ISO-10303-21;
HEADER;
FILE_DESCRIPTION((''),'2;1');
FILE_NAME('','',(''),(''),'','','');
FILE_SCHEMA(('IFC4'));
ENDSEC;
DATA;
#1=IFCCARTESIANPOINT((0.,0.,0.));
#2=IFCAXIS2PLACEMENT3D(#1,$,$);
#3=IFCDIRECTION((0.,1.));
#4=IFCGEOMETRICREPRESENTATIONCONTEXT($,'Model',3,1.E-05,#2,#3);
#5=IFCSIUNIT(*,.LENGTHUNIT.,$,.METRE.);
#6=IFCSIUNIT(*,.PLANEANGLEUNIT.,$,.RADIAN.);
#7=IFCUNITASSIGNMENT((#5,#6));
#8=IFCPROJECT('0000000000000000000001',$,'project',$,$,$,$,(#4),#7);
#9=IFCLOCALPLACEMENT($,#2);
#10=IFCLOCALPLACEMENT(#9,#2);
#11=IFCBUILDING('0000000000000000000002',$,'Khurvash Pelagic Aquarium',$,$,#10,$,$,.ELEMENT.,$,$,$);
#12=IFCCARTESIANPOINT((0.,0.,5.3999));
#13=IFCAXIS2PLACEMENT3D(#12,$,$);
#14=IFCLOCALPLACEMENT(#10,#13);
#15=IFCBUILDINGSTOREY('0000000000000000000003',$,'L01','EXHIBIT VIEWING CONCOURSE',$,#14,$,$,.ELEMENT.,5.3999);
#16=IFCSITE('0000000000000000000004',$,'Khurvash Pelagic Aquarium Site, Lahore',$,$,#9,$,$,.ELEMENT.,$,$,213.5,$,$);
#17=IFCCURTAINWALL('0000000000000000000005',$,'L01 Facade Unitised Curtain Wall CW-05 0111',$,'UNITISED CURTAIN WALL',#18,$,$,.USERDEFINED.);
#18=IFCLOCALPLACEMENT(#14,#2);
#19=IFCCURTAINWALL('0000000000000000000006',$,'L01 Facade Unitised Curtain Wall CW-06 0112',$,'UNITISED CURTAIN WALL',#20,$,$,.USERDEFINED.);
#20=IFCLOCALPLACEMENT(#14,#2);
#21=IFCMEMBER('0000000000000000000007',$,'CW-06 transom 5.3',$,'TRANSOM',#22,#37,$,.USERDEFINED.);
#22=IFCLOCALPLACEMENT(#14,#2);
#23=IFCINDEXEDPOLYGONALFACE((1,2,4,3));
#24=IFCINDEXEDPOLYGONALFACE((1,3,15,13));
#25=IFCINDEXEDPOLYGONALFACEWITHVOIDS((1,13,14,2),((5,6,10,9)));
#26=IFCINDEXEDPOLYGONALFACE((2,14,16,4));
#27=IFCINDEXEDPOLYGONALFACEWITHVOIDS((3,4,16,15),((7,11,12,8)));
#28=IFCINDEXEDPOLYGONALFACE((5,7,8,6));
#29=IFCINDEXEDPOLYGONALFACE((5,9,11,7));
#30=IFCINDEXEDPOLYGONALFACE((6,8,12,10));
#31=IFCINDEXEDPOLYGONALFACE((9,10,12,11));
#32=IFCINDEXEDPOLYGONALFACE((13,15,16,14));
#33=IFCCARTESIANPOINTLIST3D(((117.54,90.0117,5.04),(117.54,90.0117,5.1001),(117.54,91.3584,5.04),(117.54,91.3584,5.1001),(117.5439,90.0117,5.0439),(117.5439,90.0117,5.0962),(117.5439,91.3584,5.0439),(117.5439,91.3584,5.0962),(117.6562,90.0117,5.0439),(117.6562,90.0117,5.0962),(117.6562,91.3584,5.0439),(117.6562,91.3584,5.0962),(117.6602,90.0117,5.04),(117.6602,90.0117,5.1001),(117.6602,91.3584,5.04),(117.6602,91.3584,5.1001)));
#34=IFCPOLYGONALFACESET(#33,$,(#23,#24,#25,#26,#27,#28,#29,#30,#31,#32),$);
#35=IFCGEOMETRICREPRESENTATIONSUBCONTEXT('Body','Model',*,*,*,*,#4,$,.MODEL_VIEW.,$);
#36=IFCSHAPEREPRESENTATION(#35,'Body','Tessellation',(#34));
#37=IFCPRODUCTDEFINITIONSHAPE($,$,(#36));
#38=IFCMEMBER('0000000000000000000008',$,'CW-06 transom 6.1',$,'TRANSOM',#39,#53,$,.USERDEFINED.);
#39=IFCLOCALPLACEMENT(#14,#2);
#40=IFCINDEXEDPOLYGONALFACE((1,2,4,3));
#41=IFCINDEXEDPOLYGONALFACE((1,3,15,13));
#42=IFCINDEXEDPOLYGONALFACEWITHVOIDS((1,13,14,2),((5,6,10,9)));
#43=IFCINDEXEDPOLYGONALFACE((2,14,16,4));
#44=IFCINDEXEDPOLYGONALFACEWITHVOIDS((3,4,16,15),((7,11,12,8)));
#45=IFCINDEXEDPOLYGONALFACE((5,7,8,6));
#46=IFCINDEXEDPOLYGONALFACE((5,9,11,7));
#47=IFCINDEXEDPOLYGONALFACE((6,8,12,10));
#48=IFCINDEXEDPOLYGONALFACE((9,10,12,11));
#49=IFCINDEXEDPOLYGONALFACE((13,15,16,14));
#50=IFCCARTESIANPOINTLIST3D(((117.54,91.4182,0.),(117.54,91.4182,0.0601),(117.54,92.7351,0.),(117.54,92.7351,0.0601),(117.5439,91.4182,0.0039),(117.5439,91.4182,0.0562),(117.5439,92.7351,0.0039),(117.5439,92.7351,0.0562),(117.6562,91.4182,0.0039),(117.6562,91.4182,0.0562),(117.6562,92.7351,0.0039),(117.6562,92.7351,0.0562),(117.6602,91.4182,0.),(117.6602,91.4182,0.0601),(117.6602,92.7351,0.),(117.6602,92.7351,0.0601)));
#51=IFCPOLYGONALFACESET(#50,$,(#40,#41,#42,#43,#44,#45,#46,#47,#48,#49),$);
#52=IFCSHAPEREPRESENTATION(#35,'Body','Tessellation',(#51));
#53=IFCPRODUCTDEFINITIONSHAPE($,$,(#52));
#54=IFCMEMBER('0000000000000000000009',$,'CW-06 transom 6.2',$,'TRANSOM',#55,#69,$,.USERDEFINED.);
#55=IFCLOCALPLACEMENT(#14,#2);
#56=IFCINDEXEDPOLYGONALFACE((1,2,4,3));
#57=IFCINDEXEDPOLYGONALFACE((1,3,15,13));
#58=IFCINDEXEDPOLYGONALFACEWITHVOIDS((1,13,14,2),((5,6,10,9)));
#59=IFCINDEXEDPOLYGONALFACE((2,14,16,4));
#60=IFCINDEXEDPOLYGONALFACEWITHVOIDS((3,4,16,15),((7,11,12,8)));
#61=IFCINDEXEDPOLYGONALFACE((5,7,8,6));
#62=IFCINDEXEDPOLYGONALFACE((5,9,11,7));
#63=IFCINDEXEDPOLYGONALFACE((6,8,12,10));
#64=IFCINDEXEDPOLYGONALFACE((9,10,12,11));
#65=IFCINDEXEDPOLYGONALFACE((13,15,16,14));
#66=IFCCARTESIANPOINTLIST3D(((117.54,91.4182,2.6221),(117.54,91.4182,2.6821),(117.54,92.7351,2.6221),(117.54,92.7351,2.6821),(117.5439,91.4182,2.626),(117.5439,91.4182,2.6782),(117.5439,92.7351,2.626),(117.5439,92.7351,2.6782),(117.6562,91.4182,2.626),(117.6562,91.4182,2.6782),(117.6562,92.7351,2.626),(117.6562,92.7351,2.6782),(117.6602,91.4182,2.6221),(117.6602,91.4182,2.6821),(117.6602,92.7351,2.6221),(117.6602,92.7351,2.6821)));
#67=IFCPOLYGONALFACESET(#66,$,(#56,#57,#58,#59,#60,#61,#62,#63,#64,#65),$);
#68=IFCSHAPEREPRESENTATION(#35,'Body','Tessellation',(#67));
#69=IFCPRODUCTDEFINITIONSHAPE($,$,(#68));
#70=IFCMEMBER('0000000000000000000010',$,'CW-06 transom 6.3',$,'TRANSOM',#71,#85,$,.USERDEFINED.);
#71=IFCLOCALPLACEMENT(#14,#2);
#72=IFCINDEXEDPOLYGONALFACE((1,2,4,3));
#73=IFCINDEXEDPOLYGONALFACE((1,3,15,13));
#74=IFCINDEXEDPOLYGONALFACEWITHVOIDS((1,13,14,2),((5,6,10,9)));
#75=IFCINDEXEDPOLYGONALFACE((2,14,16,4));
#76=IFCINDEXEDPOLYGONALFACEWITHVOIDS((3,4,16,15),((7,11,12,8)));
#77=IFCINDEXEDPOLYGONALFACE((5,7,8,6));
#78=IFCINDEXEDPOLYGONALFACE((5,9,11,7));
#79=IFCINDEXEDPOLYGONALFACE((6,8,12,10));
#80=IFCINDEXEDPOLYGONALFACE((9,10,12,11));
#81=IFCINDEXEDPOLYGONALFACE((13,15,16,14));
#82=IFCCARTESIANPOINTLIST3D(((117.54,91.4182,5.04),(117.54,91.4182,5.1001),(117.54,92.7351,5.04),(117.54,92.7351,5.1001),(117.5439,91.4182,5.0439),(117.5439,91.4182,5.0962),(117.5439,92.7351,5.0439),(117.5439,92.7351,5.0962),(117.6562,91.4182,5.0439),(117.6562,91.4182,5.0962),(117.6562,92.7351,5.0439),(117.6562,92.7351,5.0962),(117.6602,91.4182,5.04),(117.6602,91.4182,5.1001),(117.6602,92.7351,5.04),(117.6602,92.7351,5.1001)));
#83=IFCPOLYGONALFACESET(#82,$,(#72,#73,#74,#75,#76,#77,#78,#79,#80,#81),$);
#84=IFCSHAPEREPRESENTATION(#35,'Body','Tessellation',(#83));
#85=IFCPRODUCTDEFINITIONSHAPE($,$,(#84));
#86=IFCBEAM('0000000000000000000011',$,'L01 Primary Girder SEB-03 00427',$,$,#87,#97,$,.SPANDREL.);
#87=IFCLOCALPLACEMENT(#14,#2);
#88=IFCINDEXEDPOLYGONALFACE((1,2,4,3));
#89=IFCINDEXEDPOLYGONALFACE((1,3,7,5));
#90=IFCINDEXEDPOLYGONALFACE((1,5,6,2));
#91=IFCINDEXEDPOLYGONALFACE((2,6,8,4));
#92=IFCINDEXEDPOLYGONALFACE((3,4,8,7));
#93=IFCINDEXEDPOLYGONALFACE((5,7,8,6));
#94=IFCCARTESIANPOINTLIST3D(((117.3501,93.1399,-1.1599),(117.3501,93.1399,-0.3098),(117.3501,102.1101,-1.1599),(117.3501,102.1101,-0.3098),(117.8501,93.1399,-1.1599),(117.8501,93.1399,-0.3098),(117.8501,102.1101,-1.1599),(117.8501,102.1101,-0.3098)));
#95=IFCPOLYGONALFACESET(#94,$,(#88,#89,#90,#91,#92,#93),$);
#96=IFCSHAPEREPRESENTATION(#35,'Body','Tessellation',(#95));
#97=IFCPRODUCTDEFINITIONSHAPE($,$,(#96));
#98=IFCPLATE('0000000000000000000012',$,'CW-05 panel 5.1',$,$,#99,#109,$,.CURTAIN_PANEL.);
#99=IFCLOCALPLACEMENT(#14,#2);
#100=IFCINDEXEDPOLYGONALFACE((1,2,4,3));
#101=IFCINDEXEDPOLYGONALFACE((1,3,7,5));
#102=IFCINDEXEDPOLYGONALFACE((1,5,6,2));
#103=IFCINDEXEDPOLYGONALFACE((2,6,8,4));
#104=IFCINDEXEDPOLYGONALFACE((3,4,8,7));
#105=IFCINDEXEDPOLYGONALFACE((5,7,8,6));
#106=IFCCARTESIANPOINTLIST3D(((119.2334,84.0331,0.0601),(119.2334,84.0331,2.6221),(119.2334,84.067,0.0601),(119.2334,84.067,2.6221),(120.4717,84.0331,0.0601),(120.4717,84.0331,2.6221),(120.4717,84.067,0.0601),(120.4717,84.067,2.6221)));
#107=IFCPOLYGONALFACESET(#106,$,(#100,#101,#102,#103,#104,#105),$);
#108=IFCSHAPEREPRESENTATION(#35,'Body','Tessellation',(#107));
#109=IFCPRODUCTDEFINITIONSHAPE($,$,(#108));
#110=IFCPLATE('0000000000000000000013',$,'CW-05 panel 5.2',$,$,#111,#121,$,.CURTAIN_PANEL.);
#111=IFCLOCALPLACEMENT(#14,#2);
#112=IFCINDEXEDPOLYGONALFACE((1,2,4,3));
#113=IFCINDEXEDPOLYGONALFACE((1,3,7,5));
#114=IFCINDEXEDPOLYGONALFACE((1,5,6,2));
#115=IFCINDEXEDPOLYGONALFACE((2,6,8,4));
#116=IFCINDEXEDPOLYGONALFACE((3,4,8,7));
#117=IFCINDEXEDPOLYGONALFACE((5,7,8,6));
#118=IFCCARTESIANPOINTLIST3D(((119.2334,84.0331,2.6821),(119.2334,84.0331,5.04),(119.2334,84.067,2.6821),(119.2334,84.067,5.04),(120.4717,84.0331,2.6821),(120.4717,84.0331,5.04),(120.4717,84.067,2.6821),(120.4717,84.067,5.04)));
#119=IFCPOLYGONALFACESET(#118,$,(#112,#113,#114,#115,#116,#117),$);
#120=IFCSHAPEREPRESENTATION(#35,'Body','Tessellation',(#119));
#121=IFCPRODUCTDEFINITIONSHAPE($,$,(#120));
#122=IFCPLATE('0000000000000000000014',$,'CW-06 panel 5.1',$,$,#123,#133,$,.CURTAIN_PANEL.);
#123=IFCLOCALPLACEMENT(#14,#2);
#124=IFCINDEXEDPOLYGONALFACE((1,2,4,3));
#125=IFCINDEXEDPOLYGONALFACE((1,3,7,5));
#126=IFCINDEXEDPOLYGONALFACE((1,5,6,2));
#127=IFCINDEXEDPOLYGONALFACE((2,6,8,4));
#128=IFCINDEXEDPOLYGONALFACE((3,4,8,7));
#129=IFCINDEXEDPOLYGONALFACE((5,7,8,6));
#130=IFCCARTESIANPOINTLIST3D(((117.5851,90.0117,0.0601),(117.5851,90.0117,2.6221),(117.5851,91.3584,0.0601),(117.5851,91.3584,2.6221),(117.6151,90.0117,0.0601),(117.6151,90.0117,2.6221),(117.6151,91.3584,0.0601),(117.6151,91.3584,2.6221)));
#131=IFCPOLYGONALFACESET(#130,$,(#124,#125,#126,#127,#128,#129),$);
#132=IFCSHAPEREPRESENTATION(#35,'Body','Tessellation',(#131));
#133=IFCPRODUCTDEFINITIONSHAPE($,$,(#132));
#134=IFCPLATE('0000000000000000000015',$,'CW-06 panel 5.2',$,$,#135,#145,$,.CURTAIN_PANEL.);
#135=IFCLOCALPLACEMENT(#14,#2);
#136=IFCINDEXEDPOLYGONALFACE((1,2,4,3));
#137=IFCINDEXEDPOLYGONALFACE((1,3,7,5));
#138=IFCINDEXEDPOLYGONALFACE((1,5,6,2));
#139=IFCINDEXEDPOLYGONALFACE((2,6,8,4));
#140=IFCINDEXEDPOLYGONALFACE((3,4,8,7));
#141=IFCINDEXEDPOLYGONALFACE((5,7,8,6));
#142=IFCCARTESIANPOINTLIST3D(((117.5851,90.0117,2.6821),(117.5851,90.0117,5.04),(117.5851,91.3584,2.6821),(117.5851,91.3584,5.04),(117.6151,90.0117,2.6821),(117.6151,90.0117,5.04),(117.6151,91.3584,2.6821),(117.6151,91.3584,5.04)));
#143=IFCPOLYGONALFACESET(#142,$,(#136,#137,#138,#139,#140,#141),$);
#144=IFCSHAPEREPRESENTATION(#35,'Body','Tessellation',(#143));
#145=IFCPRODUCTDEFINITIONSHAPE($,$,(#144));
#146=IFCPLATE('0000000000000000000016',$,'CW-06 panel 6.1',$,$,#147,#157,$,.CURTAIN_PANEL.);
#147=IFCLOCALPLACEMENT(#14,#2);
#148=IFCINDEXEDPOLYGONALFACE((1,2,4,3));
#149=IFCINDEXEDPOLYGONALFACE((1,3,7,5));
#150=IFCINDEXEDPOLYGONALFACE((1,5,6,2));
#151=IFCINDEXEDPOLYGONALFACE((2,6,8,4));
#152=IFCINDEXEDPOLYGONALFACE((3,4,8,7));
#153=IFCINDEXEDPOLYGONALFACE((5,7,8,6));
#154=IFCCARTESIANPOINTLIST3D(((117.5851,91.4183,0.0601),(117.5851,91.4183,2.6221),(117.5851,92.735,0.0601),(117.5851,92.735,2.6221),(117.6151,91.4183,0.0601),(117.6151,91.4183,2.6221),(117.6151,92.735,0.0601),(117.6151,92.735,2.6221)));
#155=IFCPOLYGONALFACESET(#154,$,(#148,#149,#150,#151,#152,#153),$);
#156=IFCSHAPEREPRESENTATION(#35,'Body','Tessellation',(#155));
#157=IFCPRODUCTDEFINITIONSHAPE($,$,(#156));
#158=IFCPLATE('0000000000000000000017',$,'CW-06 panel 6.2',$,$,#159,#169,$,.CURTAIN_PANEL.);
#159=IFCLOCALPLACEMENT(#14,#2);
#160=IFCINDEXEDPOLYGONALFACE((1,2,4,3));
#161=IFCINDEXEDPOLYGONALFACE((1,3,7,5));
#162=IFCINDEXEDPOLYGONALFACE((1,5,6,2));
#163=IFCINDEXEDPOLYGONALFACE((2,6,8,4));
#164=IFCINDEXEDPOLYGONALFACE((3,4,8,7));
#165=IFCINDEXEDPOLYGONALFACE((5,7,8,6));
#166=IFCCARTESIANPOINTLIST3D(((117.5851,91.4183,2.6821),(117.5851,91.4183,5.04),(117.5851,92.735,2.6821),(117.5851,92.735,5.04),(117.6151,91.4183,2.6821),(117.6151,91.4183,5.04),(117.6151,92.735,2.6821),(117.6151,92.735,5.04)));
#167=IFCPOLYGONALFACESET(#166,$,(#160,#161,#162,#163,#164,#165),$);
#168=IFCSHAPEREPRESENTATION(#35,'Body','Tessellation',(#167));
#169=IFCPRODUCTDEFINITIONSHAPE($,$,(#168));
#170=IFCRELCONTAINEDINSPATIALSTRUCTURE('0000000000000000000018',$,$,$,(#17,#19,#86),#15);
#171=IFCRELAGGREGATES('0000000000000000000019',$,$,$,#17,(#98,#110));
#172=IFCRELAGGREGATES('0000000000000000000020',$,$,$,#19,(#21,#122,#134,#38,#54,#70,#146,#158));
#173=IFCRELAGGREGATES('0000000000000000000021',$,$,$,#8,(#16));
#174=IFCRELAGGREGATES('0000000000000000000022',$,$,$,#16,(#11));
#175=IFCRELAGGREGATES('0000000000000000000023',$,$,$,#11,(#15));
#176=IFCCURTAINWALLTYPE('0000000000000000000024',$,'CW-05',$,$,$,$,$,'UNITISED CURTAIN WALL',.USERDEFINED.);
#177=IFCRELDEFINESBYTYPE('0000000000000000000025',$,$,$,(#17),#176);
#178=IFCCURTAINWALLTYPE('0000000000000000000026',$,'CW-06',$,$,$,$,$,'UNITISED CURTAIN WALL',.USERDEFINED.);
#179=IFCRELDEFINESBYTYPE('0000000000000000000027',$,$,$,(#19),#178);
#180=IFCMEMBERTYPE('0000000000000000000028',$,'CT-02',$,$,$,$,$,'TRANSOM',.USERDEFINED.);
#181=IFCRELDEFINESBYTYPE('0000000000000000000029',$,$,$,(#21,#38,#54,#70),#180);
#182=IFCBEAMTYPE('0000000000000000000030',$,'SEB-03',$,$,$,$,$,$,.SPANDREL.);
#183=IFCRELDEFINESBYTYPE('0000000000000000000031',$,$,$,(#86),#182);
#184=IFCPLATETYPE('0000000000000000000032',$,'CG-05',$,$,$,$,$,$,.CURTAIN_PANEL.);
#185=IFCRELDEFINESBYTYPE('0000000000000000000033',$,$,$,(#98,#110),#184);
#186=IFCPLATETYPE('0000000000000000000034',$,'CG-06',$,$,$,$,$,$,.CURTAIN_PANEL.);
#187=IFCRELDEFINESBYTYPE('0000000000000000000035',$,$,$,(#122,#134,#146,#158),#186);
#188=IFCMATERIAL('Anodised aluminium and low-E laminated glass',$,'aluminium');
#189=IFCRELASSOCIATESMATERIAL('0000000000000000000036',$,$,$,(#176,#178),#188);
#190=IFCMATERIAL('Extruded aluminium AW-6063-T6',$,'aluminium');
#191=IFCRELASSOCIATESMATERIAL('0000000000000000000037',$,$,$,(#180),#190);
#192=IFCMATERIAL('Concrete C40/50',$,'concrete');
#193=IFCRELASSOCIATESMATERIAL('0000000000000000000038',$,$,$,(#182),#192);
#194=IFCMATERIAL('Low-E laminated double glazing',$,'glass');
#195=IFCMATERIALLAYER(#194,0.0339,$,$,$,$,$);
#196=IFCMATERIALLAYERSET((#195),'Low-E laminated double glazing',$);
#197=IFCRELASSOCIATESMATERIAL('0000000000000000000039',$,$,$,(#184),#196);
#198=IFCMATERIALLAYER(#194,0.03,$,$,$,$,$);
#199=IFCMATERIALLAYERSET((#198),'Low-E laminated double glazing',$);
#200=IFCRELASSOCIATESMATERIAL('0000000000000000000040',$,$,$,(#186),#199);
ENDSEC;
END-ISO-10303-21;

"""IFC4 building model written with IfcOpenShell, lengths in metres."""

from ifc_helpers import new_model, si_unit, direction, frame, origin, origin_2d, place, context, subcontext, project, spatial, rectangle, hollow_rectangle, extrude, material, layer, layer_set, material_profile, profile_set, type_object, element, aggregate, save


model = new_model("IFC4")

# Units and contexts
model_context = context("Model", 3, precision=1e-05, world=origin(), true_north=direction((0.0, 1.0)))
body_context = subcontext(model_context, "Body", "Model", "MODEL_VIEW")
ifc_project = project(units=[si_unit("LENGTHUNIT", "METRE"), si_unit("PLANEANGLEUNIT", "RADIAN")], contexts=[model_context])

# Site, building, storey
site_placement = place(None, origin())
site = spatial("IfcSite", under=ifc_project, at=site_placement, Name="Khurvash Pelagic Aquarium Site, Lahore", CompositionType="ELEMENT", RefElevation=213.5)
building_placement = place(site_placement, origin())
building = spatial("IfcBuilding", under=site, at=building_placement, Name="Khurvash Pelagic Aquarium", CompositionType="ELEMENT")
storey_placement = place(building_placement, frame((0.0, 0.0, 5.3999)))
storey = spatial("IfcBuildingStorey", under=building, at=storey_placement, Name="L01", Description="EXHIBIT VIEWING CONCOURSE", CompositionType="ELEMENT", Elevation=5.3999)

# Shared definitions
ifc_material_1 = material(Name="Concrete C40/50", Category="concrete")

# Curtain wall
ifc_material_2 = material(Name="Anodised aluminium and low-E laminated glass", Category="aluminium")
curtain_wall_type_1 = type_object("IfcCurtainWallType", Name="CW-05", ElementType="UNITISED CURTAIN WALL", PredefinedType="USERDEFINED", material=ifc_material_2)
curtain_wall_1_placement = place(storey_placement, origin())
curtain_wall_1 = element("IfcCurtainWall", 1, at=curtain_wall_1_placement, inside=storey, type_object=curtain_wall_type_1, Name="L01 Facade Unitised Curtain Wall CW-05 0111", ObjectType="UNITISED CURTAIN WALL", PredefinedType="USERDEFINED")
ifc_material_3 = material(Name="Extruded aluminium AW-6063-T6", Category="aluminium")

# Curtain wall
curtain_wall_type_2 = type_object("IfcCurtainWallType", Name="CW-06", ElementType="UNITISED CURTAIN WALL", PredefinedType="USERDEFINED", material=ifc_material_2)
curtain_wall_2_placement = place(storey_placement, origin())
curtain_wall_2 = element("IfcCurtainWall", 2, at=curtain_wall_2_placement, inside=storey, type_object=curtain_wall_type_2, Name="L01 Facade Unitised Curtain Wall CW-06 0112", ObjectType="UNITISED CURTAIN WALL", PredefinedType="USERDEFINED")

# Members
ifc_material_profile_1 = material_profile(ifc_material_3, hollow_rectangle(XDim=0.1201, YDim=0.0601, WallThickness=0.0039, at=origin_2d()), Name="CWT120X60X4")
ifc_profile_set_1 = profile_set([ifc_material_profile_1], Name="Extruded aluminium AW-6063-T6")
member_type_1 = type_object("IfcMemberType", Name="CT-02", ElementType="TRANSOM", PredefinedType="USERDEFINED", material=ifc_profile_set_1)
member_1_placement = place(storey_placement, frame((117.6001, 90.0117, 5.0701), z_axis=(0.0, 1.0, 0.0), x_axis=(-1.0, 0.0, 0.0)))
member_1 = element("IfcMember", 3, at=member_1_placement, type_object=member_type_1, Name="CW-06 transom 5.3", ObjectType="TRANSOM", PredefinedType="USERDEFINED", context=body_context, shape_type="SweptSolid", body=[
    extrude(hollow_rectangle(XDim=0.1201, YDim=0.0601, WallThickness=0.0039, at=origin_2d()), origin(), (0.0, 0.0, 1.0), 1.3467),
])
member_2_placement = place(storey_placement, frame((117.6001, 91.4182, 0.03), z_axis=(0.0, 1.0, 0.0), x_axis=(-1.0, 0.0, 0.0)))
member_2 = element("IfcMember", 4, at=member_2_placement, type_object=member_type_1, Name="CW-06 transom 6.1", ObjectType="TRANSOM", PredefinedType="USERDEFINED", context=body_context, shape_type="SweptSolid", body=[
    extrude(hollow_rectangle(XDim=0.1201, YDim=0.0601, WallThickness=0.0039, at=origin_2d()), origin(), (0.0, 0.0, 1.0), 1.3169),
])
member_3_placement = place(storey_placement, frame((117.6001, 91.4182, 2.6521), z_axis=(0.0, 1.0, 0.0), x_axis=(-1.0, 0.0, 0.0)))
member_3 = element("IfcMember", 5, at=member_3_placement, type_object=member_type_1, Name="CW-06 transom 6.2", ObjectType="TRANSOM", PredefinedType="USERDEFINED", context=body_context, shape_type="SweptSolid", body=[
    extrude(hollow_rectangle(XDim=0.1201, YDim=0.0601, WallThickness=0.0039, at=origin_2d()), origin(), (0.0, 0.0, 1.0), 1.3169),
])
member_4_placement = place(storey_placement, frame((117.6001, 91.4182, 5.0701), z_axis=(0.0, 1.0, 0.0), x_axis=(-1.0, 0.0, 0.0)))
member_4 = element("IfcMember", 6, at=member_4_placement, type_object=member_type_1, Name="CW-06 transom 6.3", ObjectType="TRANSOM", PredefinedType="USERDEFINED", context=body_context, shape_type="SweptSolid", body=[
    extrude(hollow_rectangle(XDim=0.1201, YDim=0.0601, WallThickness=0.0039, at=origin_2d()), origin(), (0.0, 0.0, 1.0), 1.3169),
])

# Beam
ifc_material_profile_2 = material_profile(ifc_material_1, rectangle(XDim=0.5, YDim=0.8501, at=origin_2d()), Name="RC500X850")
ifc_profile_set_2 = profile_set([ifc_material_profile_2], Name="Concrete C40/50")
beam_type_1 = type_object("IfcBeamType", Name="SEB-03", PredefinedType="SPANDREL", material=ifc_profile_set_2)
beam_1_placement = place(storey_placement, frame((117.6001, 93.1399, -0.7349), z_axis=(0.0, 1.0, 0.0), x_axis=(-1.0, 0.0, 0.0)))
element("IfcBeam", 7, at=beam_1_placement, inside=storey, type_object=beam_type_1, Name="L01 Primary Girder SEB-03 00427", PredefinedType="SPANDREL", context=body_context, shape_type="SweptSolid", body=[
    extrude(rectangle(XDim=0.5, YDim=0.8501, at=origin_2d()), origin(), (0.0, 0.0, 1.0), 8.9702),
])

# Plates
ifc_material_4 = material(Name="Low-E laminated double glazing", Category="glass")
ifc_layer_1 = layer(ifc_material_4, 0.0339)
ifc_layer_set_1 = layer_set([ifc_layer_1], Name="Low-E laminated double glazing")
plate_type_1 = type_object("IfcPlateType", Name="CG-05", PredefinedType="CURTAIN_PANEL", material=ifc_layer_set_1)
plate_1_placement = place(storey_placement, frame((119.8525, 84.05, 0.0601), z_axis=(0.0, 0.0, 1.0), x_axis=(-1.0, 0.0, 0.0)))
plate_1 = element("IfcPlate", 8, at=plate_1_placement, type_object=plate_type_1, Name="CW-05 panel 5.1", PredefinedType="CURTAIN_PANEL", context=body_context, shape_type="SweptSolid", body=[
    extrude(rectangle(XDim=1.2383, YDim=0.0339, at=origin_2d()), origin(), (0.0, 0.0, 1.0), 2.562),
])
plate_2_placement = place(storey_placement, frame((119.8525, 84.05, 2.6821), z_axis=(0.0, 0.0, 1.0), x_axis=(-1.0, 0.0, 0.0)))
plate_2 = element("IfcPlate", 9, at=plate_2_placement, type_object=plate_type_1, Name="CW-05 panel 5.2", PredefinedType="CURTAIN_PANEL", context=body_context, shape_type="SweptSolid", body=[
    extrude(rectangle(XDim=1.2383, YDim=0.0339, at=origin_2d()), origin(), (0.0, 0.0, 1.0), 2.3579),
])
aggregate(curtain_wall_1, [plate_1, plate_2])
ifc_layer_2 = layer(ifc_material_4, 0.03)
ifc_layer_set_2 = layer_set([ifc_layer_2], Name="Low-E laminated double glazing")
plate_type_2 = type_object("IfcPlateType", Name="CG-06", PredefinedType="CURTAIN_PANEL", material=ifc_layer_set_2)
plate_3_placement = place(storey_placement, frame((117.6001, 90.6851, 0.0601), z_axis=(0.0, 0.0, 1.0), x_axis=(0.0, 1.0, 0.0)))
plate_3 = element("IfcPlate", 10, at=plate_3_placement, type_object=plate_type_2, Name="CW-06 panel 5.1", PredefinedType="CURTAIN_PANEL", context=body_context, shape_type="SweptSolid", body=[
    extrude(rectangle(XDim=1.3467, YDim=0.03, at=origin_2d()), origin(), (0.0, 0.0, 1.0), 2.562),
])
plate_4_placement = place(storey_placement, frame((117.6001, 90.6851, 2.6821), z_axis=(0.0, 0.0, 1.0), x_axis=(0.0, 1.0, 0.0)))
plate_4 = element("IfcPlate", 11, at=plate_4_placement, type_object=plate_type_2, Name="CW-06 panel 5.2", PredefinedType="CURTAIN_PANEL", context=body_context, shape_type="SweptSolid", body=[
    extrude(rectangle(XDim=1.3467, YDim=0.03, at=origin_2d()), origin(), (0.0, 0.0, 1.0), 2.3579),
])
plate_5_placement = place(storey_placement, frame((117.6001, 92.0767, 0.0601), z_axis=(0.0, 0.0, 1.0), x_axis=(0.0, 1.0, 0.0)))
plate_5 = element("IfcPlate", 12, at=plate_5_placement, type_object=plate_type_2, Name="CW-06 panel 6.1", PredefinedType="CURTAIN_PANEL", context=body_context, shape_type="SweptSolid", body=[
    extrude(rectangle(XDim=1.3167, YDim=0.03, at=origin_2d()), origin(), (0.0, 0.0, 1.0), 2.562),
])
plate_6_placement = place(storey_placement, frame((117.6001, 92.0767, 2.6821), z_axis=(0.0, 0.0, 1.0), x_axis=(0.0, 1.0, 0.0)))
plate_6 = element("IfcPlate", 13, at=plate_6_placement, type_object=plate_type_2, Name="CW-06 panel 6.2", PredefinedType="CURTAIN_PANEL", context=body_context, shape_type="SweptSolid", body=[
    extrude(rectangle(XDim=1.3167, YDim=0.03, at=origin_2d()), origin(), (0.0, 0.0, 1.0), 2.3579),
])
aggregate(curtain_wall_2, [member_1, plate_3, plate_4, member_2, member_3, member_4, plate_5, plate_6])

save(model, "model.ifc")
